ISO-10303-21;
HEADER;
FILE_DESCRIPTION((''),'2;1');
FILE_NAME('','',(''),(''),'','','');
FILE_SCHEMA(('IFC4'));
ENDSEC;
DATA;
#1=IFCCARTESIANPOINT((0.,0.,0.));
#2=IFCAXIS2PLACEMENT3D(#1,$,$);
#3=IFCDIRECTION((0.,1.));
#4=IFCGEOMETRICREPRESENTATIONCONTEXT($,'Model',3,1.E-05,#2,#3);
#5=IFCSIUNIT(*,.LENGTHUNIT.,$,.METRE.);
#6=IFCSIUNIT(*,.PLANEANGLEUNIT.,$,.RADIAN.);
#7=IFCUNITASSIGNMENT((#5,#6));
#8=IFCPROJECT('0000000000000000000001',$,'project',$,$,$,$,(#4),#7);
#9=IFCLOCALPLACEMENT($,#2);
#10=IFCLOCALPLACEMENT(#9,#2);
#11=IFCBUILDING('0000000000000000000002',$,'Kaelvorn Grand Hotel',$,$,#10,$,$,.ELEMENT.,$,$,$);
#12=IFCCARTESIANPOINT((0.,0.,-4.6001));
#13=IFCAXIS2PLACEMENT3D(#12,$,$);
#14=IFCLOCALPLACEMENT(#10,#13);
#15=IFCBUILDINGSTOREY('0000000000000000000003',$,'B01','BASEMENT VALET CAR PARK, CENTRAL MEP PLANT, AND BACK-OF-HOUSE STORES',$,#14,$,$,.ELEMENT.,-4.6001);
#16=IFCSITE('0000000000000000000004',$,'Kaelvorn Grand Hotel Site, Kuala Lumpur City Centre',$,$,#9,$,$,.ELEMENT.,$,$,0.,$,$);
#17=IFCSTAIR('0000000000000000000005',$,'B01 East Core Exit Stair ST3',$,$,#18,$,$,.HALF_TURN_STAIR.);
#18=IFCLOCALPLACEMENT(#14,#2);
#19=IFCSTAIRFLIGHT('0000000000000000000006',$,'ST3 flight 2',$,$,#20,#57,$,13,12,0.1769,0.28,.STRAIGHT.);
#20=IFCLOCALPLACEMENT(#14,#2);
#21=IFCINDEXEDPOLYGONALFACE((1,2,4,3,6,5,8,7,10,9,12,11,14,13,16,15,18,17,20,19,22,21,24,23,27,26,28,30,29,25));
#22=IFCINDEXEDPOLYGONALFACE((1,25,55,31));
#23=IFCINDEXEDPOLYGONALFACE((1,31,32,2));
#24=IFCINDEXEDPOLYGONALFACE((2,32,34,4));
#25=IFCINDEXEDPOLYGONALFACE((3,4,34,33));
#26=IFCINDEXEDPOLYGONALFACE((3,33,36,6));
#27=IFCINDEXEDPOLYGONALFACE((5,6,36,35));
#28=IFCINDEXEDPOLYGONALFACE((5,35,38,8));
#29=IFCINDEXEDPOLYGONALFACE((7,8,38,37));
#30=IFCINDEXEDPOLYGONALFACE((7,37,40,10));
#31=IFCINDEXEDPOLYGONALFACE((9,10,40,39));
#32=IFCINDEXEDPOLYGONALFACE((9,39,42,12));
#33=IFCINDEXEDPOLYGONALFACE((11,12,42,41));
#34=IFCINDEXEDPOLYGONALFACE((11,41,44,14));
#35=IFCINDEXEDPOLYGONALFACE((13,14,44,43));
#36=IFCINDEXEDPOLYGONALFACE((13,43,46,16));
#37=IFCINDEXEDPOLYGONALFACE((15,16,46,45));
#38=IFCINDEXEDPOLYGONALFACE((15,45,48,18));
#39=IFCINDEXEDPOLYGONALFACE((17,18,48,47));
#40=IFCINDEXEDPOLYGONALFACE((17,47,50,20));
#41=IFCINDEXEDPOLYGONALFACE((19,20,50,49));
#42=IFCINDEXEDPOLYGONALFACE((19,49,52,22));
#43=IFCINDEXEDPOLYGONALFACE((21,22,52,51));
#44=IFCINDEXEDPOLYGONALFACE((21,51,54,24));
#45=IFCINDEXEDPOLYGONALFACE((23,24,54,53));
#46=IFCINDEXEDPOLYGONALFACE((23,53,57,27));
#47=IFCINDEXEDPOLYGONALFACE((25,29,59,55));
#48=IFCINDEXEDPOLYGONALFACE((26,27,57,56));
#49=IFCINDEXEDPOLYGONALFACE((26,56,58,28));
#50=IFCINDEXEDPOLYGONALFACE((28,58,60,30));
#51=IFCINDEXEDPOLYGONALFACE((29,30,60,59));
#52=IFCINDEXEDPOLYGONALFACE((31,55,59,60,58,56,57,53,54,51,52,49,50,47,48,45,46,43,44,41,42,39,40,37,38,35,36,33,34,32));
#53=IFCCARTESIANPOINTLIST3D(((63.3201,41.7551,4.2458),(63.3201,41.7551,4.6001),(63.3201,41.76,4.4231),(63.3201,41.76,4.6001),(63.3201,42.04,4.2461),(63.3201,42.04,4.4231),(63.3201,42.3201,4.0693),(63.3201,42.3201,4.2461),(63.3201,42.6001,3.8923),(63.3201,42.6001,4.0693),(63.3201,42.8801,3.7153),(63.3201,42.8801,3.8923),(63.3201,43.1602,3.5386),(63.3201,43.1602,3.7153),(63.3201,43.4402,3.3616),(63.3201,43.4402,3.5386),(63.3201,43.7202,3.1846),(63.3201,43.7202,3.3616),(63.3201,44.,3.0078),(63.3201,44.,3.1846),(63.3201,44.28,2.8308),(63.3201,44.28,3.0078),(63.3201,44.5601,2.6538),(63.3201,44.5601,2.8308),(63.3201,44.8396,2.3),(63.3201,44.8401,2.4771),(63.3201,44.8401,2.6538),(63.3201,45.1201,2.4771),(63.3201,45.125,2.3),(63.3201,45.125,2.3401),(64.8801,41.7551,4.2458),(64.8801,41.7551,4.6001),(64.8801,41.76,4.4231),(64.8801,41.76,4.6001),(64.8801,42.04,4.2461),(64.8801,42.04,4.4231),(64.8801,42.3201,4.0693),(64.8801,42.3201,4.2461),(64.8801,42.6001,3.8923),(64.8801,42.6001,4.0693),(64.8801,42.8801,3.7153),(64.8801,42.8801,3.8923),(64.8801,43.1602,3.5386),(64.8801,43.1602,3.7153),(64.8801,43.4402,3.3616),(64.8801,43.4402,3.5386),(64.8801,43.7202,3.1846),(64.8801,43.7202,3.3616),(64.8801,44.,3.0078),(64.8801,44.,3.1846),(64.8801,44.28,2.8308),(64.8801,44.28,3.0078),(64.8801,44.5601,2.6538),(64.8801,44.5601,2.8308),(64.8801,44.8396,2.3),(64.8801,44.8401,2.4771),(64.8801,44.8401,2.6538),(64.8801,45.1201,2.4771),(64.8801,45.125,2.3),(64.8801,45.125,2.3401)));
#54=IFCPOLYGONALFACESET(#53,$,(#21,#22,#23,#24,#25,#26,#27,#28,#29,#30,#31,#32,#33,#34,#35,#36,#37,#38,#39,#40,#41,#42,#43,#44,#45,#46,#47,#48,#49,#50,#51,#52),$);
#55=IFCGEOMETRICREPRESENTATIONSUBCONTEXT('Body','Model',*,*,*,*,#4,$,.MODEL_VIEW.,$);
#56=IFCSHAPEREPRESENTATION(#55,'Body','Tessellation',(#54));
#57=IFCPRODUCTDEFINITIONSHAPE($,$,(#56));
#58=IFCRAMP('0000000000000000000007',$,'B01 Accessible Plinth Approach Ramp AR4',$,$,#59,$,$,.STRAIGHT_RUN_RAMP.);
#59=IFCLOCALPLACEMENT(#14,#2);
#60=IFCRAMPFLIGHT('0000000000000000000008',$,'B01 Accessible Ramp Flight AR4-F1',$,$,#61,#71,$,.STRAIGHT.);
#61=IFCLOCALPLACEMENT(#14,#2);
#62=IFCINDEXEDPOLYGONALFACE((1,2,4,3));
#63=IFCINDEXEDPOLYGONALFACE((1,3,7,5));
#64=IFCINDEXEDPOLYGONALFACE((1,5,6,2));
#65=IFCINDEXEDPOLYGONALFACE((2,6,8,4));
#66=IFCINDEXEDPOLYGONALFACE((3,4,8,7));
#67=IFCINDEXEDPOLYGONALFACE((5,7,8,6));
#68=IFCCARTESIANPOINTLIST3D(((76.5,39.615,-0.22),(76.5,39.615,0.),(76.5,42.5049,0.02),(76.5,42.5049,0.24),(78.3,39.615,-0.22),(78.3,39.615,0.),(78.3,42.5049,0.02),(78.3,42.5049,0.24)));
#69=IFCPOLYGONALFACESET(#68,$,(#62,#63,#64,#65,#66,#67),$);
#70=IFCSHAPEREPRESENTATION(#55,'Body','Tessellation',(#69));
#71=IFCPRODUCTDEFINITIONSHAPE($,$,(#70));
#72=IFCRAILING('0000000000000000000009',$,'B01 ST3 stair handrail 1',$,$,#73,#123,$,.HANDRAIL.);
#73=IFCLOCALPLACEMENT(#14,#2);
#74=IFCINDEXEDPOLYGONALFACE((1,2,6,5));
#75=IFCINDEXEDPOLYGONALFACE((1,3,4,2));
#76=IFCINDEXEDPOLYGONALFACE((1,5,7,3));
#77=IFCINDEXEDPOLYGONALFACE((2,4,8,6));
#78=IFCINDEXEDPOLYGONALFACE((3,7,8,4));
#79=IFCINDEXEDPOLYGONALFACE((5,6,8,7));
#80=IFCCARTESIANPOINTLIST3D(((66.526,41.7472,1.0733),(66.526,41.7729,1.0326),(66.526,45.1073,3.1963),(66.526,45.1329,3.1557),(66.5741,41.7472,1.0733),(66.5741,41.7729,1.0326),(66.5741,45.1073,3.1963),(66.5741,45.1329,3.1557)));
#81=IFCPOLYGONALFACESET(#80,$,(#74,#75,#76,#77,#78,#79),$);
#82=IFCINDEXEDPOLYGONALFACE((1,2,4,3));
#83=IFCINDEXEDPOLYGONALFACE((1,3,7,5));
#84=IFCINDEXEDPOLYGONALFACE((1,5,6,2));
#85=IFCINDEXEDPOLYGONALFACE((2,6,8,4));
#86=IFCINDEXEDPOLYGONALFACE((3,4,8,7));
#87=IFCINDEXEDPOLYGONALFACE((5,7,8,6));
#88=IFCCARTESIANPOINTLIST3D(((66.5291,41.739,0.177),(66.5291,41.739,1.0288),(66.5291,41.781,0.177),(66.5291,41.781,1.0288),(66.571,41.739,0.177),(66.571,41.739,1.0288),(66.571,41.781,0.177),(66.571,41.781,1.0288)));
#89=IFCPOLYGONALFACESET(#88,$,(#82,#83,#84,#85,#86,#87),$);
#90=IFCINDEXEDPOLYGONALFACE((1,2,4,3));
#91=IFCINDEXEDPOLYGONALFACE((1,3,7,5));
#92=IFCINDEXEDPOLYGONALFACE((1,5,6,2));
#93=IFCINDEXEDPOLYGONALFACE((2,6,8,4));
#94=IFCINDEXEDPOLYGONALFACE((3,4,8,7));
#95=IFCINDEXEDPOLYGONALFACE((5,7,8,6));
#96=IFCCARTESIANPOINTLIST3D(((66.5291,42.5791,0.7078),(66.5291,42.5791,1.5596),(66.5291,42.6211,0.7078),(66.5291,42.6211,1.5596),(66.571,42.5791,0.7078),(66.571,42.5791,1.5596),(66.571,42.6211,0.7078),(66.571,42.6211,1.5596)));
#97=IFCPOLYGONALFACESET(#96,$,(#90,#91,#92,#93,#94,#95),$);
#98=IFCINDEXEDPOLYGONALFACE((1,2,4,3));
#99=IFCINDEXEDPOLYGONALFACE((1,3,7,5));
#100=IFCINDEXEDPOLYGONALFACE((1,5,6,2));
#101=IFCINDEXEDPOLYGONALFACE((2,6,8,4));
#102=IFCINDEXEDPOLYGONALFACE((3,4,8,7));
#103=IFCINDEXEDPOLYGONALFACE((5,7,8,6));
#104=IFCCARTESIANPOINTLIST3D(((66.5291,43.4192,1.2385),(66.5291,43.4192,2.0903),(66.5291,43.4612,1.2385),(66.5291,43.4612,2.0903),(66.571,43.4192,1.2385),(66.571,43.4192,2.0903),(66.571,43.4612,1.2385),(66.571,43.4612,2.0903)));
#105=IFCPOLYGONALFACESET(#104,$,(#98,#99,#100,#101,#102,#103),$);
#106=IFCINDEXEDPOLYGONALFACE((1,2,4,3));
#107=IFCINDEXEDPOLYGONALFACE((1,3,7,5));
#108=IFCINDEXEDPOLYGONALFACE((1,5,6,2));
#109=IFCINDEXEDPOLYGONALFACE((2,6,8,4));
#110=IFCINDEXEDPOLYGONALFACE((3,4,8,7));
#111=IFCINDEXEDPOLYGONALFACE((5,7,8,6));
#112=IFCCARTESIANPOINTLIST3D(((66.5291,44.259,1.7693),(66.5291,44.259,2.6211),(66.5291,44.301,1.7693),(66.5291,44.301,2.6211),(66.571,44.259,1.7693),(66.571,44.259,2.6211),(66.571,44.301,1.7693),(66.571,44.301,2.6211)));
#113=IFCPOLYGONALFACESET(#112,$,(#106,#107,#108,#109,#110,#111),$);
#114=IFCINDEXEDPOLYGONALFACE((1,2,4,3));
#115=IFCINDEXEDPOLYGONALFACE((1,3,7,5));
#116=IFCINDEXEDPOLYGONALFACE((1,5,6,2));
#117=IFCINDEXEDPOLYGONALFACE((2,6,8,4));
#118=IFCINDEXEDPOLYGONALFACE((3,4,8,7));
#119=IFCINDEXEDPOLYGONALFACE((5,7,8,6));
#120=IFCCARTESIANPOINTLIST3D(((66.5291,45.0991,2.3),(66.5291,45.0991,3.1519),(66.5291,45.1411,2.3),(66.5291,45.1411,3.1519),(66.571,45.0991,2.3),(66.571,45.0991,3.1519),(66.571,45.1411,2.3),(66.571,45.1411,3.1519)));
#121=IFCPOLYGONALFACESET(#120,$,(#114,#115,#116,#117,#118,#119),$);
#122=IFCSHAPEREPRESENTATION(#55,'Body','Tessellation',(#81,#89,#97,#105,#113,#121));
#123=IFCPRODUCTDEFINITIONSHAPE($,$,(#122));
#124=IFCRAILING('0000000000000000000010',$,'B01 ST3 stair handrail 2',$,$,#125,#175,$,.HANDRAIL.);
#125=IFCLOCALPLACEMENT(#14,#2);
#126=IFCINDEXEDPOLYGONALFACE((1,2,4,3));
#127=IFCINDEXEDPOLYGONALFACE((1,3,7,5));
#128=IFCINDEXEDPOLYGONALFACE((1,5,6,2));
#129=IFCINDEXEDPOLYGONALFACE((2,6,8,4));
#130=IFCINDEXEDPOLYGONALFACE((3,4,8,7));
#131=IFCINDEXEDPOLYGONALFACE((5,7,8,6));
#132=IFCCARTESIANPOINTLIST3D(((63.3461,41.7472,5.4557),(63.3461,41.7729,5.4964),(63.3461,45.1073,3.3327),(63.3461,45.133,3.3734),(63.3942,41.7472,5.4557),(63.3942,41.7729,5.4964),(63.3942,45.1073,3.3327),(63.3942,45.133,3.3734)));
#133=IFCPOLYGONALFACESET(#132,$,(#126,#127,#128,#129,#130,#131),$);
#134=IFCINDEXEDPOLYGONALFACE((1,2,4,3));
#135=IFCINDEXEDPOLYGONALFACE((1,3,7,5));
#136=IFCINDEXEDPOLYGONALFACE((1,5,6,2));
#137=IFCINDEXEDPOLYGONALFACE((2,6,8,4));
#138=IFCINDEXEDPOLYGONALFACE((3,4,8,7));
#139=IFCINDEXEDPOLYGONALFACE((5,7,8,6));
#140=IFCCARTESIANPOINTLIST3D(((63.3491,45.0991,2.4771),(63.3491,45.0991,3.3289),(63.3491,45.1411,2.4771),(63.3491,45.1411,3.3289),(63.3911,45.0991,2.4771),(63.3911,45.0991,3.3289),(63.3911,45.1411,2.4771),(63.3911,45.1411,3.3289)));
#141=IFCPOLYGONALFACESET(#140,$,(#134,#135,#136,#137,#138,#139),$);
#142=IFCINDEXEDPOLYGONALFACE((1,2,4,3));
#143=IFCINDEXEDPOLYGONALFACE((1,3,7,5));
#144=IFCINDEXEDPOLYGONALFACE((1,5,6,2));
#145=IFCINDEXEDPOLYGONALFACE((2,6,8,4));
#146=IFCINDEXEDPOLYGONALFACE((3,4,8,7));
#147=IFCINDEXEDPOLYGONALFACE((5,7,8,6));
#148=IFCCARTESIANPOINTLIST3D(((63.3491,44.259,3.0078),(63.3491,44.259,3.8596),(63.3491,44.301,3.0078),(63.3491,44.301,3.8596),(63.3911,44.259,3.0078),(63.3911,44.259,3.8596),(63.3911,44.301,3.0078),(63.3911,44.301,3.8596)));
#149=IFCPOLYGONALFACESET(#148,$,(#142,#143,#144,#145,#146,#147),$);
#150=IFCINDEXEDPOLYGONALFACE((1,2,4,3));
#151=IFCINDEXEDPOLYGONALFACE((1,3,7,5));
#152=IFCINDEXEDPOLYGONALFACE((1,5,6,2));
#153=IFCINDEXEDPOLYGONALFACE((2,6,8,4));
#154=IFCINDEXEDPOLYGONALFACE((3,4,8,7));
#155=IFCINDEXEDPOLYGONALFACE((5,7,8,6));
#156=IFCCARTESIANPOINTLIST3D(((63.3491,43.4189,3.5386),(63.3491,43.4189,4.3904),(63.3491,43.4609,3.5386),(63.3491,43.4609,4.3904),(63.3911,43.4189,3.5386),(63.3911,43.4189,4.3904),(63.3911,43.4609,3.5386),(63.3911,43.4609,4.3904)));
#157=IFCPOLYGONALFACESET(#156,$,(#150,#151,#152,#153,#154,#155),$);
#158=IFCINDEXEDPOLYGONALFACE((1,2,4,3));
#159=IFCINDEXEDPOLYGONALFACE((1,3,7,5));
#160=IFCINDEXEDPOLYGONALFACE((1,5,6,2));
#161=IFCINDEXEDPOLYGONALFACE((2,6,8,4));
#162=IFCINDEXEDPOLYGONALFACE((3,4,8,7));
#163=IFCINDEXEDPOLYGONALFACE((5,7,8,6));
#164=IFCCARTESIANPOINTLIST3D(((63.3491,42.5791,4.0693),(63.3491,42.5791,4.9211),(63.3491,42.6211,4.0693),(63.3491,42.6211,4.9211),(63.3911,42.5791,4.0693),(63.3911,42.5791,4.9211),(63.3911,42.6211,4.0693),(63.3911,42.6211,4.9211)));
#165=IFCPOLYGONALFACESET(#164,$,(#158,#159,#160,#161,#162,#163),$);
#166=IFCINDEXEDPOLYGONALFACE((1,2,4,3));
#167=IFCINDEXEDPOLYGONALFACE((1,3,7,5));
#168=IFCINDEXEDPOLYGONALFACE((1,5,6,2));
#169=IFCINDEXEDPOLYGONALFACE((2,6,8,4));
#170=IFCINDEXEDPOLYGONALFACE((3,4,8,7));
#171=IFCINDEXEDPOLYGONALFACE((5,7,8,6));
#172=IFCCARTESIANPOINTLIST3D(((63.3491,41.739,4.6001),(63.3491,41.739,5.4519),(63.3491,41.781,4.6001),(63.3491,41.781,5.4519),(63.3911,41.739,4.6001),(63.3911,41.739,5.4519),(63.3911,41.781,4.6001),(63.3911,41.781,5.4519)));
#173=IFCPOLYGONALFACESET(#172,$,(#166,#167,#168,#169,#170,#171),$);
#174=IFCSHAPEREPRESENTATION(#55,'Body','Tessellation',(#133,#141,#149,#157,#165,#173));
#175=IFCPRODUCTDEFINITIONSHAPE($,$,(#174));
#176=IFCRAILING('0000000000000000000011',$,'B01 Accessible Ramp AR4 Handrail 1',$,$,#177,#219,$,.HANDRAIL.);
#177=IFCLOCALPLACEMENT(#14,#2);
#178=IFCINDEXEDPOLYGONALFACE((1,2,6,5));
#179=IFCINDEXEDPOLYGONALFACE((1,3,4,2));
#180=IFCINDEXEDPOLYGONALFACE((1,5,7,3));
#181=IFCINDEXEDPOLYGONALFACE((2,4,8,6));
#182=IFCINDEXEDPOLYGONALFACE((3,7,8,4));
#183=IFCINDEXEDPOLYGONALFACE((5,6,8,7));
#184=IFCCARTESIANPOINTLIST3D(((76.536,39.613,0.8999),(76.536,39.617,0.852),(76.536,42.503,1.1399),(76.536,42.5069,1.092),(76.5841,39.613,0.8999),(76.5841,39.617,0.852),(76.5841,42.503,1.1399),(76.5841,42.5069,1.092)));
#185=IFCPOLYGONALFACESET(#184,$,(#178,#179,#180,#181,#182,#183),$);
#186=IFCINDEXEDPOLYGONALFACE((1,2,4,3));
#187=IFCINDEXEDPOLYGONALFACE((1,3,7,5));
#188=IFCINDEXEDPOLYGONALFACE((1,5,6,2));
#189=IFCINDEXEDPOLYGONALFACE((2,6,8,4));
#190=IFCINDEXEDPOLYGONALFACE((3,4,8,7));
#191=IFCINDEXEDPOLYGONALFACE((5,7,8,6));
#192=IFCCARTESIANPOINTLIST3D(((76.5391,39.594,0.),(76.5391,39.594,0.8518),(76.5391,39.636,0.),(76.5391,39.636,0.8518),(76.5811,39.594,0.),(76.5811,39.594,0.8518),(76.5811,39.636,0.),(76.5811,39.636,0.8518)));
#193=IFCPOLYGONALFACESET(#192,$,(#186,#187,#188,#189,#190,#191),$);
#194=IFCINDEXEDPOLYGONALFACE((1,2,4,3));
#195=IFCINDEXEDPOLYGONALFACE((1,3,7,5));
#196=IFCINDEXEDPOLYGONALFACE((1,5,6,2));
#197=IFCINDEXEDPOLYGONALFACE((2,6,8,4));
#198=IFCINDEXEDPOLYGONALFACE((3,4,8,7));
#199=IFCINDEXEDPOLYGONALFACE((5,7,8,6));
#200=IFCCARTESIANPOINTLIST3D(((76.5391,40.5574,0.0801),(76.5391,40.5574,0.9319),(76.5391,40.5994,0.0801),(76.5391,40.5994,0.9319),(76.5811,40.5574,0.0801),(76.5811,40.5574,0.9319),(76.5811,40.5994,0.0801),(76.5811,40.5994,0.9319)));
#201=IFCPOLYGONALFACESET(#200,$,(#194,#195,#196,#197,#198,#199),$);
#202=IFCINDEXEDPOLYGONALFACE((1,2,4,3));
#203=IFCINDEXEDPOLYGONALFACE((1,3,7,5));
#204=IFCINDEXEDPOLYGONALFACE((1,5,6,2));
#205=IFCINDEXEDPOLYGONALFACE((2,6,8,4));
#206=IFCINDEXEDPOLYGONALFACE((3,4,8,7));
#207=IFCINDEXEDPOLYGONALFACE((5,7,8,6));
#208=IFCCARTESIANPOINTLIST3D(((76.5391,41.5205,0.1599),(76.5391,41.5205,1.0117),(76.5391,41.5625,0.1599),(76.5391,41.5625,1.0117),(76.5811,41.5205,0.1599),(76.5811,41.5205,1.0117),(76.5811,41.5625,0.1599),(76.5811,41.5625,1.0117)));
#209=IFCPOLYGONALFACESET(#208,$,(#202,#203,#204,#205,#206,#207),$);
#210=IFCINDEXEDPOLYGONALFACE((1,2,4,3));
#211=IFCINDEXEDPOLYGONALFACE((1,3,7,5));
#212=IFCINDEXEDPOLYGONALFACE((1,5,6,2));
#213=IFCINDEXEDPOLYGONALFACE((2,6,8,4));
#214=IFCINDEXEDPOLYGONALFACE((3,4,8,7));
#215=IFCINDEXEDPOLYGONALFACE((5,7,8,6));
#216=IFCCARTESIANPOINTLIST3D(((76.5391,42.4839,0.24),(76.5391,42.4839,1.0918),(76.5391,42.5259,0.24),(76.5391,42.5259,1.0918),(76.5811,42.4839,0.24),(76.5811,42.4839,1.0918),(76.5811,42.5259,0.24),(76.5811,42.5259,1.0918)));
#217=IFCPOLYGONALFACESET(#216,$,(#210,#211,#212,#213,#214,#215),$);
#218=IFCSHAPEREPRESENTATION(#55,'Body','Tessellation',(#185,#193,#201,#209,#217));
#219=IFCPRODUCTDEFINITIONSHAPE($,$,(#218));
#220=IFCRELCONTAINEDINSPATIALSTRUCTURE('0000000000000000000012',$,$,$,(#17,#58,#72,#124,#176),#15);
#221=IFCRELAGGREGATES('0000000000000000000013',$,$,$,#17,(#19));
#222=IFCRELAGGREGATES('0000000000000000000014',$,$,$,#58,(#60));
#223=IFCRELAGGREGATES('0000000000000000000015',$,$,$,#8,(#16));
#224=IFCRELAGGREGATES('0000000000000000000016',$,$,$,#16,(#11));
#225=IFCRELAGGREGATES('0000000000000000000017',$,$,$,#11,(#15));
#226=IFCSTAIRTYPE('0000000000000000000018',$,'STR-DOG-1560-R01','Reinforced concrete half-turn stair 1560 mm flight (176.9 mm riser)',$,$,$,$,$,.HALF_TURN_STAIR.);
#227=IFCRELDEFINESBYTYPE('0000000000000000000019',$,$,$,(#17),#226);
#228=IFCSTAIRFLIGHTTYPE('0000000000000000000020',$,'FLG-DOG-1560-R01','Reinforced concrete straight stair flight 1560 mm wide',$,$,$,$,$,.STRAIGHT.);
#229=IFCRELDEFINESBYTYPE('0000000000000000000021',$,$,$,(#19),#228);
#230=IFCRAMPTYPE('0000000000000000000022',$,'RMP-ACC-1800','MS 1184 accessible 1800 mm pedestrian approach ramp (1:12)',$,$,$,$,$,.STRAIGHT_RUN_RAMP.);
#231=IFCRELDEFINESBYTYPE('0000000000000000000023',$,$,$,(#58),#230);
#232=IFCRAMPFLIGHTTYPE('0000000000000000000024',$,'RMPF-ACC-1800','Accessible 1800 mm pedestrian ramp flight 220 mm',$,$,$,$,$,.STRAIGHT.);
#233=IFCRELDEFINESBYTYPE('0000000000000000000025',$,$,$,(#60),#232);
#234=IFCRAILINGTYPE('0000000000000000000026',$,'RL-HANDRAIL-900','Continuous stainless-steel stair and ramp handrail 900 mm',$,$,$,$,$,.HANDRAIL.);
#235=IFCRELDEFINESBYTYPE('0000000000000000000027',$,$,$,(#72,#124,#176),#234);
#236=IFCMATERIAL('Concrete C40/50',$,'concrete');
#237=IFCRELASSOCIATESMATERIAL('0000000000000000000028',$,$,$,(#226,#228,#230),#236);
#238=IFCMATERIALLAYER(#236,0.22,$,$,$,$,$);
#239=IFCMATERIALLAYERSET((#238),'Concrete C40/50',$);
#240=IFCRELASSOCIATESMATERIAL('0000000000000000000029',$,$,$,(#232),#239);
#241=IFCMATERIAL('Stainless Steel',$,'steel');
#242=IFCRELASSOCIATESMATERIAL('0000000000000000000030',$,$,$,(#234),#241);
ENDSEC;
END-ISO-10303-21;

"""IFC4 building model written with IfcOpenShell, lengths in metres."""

from ifc_helpers import new_model, si_unit, direction, frame, origin, origin_2d, place, context, subcontext, project, spatial, polyline, rectangle, outline, extrude, material, layer, layer_set, type_object, element, aggregate, save


model = new_model("IFC4")

# Units and contexts
model_context = context("Model", 3, precision=1e-05, world=origin(), true_north=direction((0.0, 1.0)))
body_context = subcontext(model_context, "Body", "Model", "MODEL_VIEW")
ifc_project = project(units=[si_unit("LENGTHUNIT", "METRE"), si_unit("PLANEANGLEUNIT", "RADIAN")], contexts=[model_context])

# Site, building, storey
site_placement = place(None, origin())
site = spatial("IfcSite", under=ifc_project, at=site_placement, Name="Kaelvorn Grand Hotel Site, Kuala Lumpur City Centre", CompositionType="ELEMENT", RefElevation=0.0)
building_placement = place(site_placement, origin())
building = spatial("IfcBuilding", under=site, at=building_placement, Name="Kaelvorn Grand Hotel", CompositionType="ELEMENT")
storey_placement = place(building_placement, frame((0.0, 0.0, -4.6001)))
storey = spatial("IfcBuildingStorey", under=building, at=storey_placement, Name="B01", Description="BASEMENT VALET CAR PARK, CENTRAL MEP PLANT, AND BACK-OF-HOUSE STORES", CompositionType="ELEMENT", Elevation=-4.6001)

# Shared definitions
ifc_material_1 = material(Name="Concrete C40/50", Category="concrete")

# Shared definitions
ifc_material_2 = material(Name="Stainless Steel", Category="steel")

# Stair, stair flight
stair_type = type_object("IfcStairType", Name="STR-DOG-1560-R01", Description="Reinforced concrete half-turn stair 1560 mm flight (176.9 mm riser)", PredefinedType="HALF_TURN_STAIR", material=ifc_material_1)
stair_placement = place(storey_placement, origin())
stair = element("IfcStair", 1, at=stair_placement, inside=storey, type_object=stair_type, Name="B01 East Core Exit Stair ST3", PredefinedType="HALF_TURN_STAIR")
stair_flight_type = type_object("IfcStairFlightType", Name="FLG-DOG-1560-R01", Description="Reinforced concrete straight stair flight 1560 mm wide", PredefinedType="STRAIGHT", material=ifc_material_1)
stair_flight_1_placement = place(storey_placement, frame((64.1001, 45.1201, 2.3), z_axis=(0.0, 0.0, 1.0), x_axis=(0.0, -1.0, 0.0)))
stair_flight_1 = element("IfcStairFlight", 2, at=stair_flight_1_placement, type_object=stair_flight_type, Name="ST3 flight 2", NumberOfRisers=13, NumberOfTreads=12, PredefinedType="STRAIGHT", RiserHeight=0.1769, TreadLength=0.28, context=body_context, shape_type="SweptSolid", body=[
    extrude(outline(polyline([(-0.0049, 0.0), (-0.0049, 0.04), (0.0, 0.177), (0.28, 0.177), (0.28, 0.3538), (0.5601, 0.3538), (0.5601, 0.5308), (0.8401, 0.5308), (0.8401, 0.7078), (1.1201, 0.7078), (1.1201, 0.8845), (1.3999, 0.8845), (1.3999, 1.0615), (1.6799, 1.0615), (1.6799, 1.2385), (1.96, 1.2385), (1.96, 1.4153), (2.24, 1.4153), (2.24, 1.5923), (2.52, 1.5923), (2.52, 1.7693), (2.8, 1.7693), (2.8, 1.946), (3.0801, 1.946), (3.0801, 2.123), (3.3601, 2.123), (3.3601, 2.3), (3.365, 2.3), (3.365, 1.9458), (0.2805, 0.0), (-0.0049, 0.0)])), frame((0.0, 0.78, 0.0), z_axis=(0.0, -1.0, 0.0), x_axis=(1.0, 0.0, 0.0)), (0.0, 0.0, 1.0), 1.5601),
])
aggregate(stair, [stair_flight_1])

# Ramp, ramp flight
ramp_type = type_object("IfcRampType", Name="RMP-ACC-1800", Description="MS 1184 accessible 1800 mm pedestrian approach ramp (1:12)", PredefinedType="STRAIGHT_RUN_RAMP", material=ifc_material_1)
ramp_placement = place(storey_placement, origin())
ramp = element("IfcRamp", 3, at=ramp_placement, inside=storey, type_object=ramp_type, Name="B01 Accessible Plinth Approach Ramp AR4", PredefinedType="STRAIGHT_RUN_RAMP")
ifc_layer_1 = layer(ifc_material_1, 0.22)
ifc_layer_set_1 = layer_set([ifc_layer_1], Name="Concrete C40/50")
ramp_flight_type = type_object("IfcRampFlightType", Name="RMPF-ACC-1800", Description="Accessible 1800 mm pedestrian ramp flight 220 mm", PredefinedType="STRAIGHT", material=ifc_layer_set_1)
ramp_flight_placement = place(storey_placement, frame((77.3999, 39.615, 0.0), z_axis=(0.0, 0.0, 1.0), x_axis=(0.0, 1.0, 0.0)))
ramp_flight = element("IfcRampFlight", 4, at=ramp_flight_placement, type_object=ramp_flight_type, Name="B01 Accessible Ramp Flight AR4-F1", PredefinedType="STRAIGHT", context=body_context, shape_type="SweptSolid", body=[
    extrude(outline(polyline([(0.0, 0.0), (2.8899, 0.24), (2.8899, 0.02), (0.0, -0.22), (0.0, 0.0)])), frame((0.0, 0.8999, 0.0), z_axis=(0.0, -1.0, 0.0), x_axis=(1.0, 0.0, 0.0)), (0.0, 0.0, 1.0), 1.8),
])
aggregate(ramp, [ramp_flight])

# Railings
railing_type_1 = type_object("IfcRailingType", Name="RL-HANDRAIL-900", Description="Continuous stainless-steel stair and ramp handrail 900 mm", PredefinedType="HANDRAIL", material=ifc_material_2)
railing_1_placement = place(storey_placement, frame((66.55, 41.76, 0.177)))
element("IfcRailing", 5, at=railing_1_placement, inside=storey, type_object=railing_type_1, Name="B01 ST3 stair handrail 1", PredefinedType="HANDRAIL", context=body_context, shape_type="SweptSolid", body=[
    extrude(rectangle(XDim=0.0481, YDim=0.0481, at=origin_2d()), frame((0.0, 0.0, 0.876), z_axis=(0.0, 0.84539, 0.53415), x_axis=(-1.0, 0.0, 0.0)), (0.0, 0.0, 1.0), 3.9746),
    extrude(rectangle(XDim=0.042, YDim=0.042, at=origin_2d()), origin(), (0.0, 0.0, 1.0), 0.8518),
    extrude(rectangle(XDim=0.042, YDim=0.042, at=origin_2d()), frame((0.0, 0.8401, 0.5308)), (0.0, 0.0, 1.0), 0.8518),
    extrude(rectangle(XDim=0.042, YDim=0.042, at=origin_2d()), frame((0.0, 1.6802, 1.0615)), (0.0, 0.0, 1.0), 0.8518),
    extrude(rectangle(XDim=0.042, YDim=0.042, at=origin_2d()), frame((0.0, 2.52, 1.5923)), (0.0, 0.0, 1.0), 0.8518),
    extrude(rectangle(XDim=0.042, YDim=0.042, at=origin_2d()), frame((0.0, 3.3601, 2.123)), (0.0, 0.0, 1.0), 0.8518),
])
railing_2_placement = place(storey_placement, frame((63.3701, 45.1201, 2.4771)))
element("IfcRailing", 6, at=railing_2_placement, inside=storey, type_object=railing_type_1, Name="B01 ST3 stair handrail 2", PredefinedType="HANDRAIL", context=body_context, shape_type="SweptSolid", body=[
    extrude(rectangle(XDim=0.0481, YDim=0.0481, at=origin_2d()), frame((0.0, 0.0, 0.876), z_axis=(0.0, -0.84539, 0.53415), x_axis=(1.0, 0.0, 0.0)), (0.0, 0.0, 1.0), 3.9746),
    extrude(rectangle(XDim=0.042, YDim=0.042, at=origin_2d()), origin(), (0.0, 0.0, 1.0), 0.8518),
    extrude(rectangle(XDim=0.042, YDim=0.042, at=origin_2d()), frame((0.0, -0.8401, 0.5308)), (0.0, 0.0, 1.0), 0.8518),
    extrude(rectangle(XDim=0.042, YDim=0.042, at=origin_2d()), frame((0.0, -1.6802, 1.0615)), (0.0, 0.0, 1.0), 0.8518),
    extrude(rectangle(XDim=0.042, YDim=0.042, at=origin_2d()), frame((0.0, -2.52, 1.5923)), (0.0, 0.0, 1.0), 0.8518),
    extrude(rectangle(XDim=0.042, YDim=0.042, at=origin_2d()), frame((0.0, -3.3601, 2.123)), (0.0, 0.0, 1.0), 0.8518),
])
for number, where, name in (
    (7, (76.5601, 39.615, 0.0), "B01 Accessible Ramp AR4 Handrail 1"),
):
    element("IfcRailing", number, at=place(storey_placement, frame(where)), inside=storey, type_object=railing_type_1, Name=name, PredefinedType="HANDRAIL", context=body_context, shape_type="SweptSolid", body=[
        extrude(rectangle(XDim=0.0481, YDim=0.0481, at=origin_2d()), frame((0.0, 0.0, 0.876), z_axis=(0.0, 0.99657, 0.08276), x_axis=(-1.0, 0.0, 0.0)), (0.0, 0.0, 1.0), 2.8999),
        extrude(rectangle(XDim=0.042, YDim=0.042, at=origin_2d()), origin(), (0.0, 0.0, 1.0), 0.8518),
        extrude(rectangle(XDim=0.042, YDim=0.042, at=origin_2d()), frame((0.0, 0.9634, 0.0801)), (0.0, 0.0, 1.0), 0.8518),
        extrude(rectangle(XDim=0.042, YDim=0.042, at=origin_2d()), frame((0.0, 1.9265, 0.1599)), (0.0, 0.0, 1.0), 0.8518),
        extrude(rectangle(XDim=0.042, YDim=0.042, at=origin_2d()), frame((0.0, 2.8899, 0.24)), (0.0, 0.0, 1.0), 0.8518),
    ])

save(model, "model.ifc")
